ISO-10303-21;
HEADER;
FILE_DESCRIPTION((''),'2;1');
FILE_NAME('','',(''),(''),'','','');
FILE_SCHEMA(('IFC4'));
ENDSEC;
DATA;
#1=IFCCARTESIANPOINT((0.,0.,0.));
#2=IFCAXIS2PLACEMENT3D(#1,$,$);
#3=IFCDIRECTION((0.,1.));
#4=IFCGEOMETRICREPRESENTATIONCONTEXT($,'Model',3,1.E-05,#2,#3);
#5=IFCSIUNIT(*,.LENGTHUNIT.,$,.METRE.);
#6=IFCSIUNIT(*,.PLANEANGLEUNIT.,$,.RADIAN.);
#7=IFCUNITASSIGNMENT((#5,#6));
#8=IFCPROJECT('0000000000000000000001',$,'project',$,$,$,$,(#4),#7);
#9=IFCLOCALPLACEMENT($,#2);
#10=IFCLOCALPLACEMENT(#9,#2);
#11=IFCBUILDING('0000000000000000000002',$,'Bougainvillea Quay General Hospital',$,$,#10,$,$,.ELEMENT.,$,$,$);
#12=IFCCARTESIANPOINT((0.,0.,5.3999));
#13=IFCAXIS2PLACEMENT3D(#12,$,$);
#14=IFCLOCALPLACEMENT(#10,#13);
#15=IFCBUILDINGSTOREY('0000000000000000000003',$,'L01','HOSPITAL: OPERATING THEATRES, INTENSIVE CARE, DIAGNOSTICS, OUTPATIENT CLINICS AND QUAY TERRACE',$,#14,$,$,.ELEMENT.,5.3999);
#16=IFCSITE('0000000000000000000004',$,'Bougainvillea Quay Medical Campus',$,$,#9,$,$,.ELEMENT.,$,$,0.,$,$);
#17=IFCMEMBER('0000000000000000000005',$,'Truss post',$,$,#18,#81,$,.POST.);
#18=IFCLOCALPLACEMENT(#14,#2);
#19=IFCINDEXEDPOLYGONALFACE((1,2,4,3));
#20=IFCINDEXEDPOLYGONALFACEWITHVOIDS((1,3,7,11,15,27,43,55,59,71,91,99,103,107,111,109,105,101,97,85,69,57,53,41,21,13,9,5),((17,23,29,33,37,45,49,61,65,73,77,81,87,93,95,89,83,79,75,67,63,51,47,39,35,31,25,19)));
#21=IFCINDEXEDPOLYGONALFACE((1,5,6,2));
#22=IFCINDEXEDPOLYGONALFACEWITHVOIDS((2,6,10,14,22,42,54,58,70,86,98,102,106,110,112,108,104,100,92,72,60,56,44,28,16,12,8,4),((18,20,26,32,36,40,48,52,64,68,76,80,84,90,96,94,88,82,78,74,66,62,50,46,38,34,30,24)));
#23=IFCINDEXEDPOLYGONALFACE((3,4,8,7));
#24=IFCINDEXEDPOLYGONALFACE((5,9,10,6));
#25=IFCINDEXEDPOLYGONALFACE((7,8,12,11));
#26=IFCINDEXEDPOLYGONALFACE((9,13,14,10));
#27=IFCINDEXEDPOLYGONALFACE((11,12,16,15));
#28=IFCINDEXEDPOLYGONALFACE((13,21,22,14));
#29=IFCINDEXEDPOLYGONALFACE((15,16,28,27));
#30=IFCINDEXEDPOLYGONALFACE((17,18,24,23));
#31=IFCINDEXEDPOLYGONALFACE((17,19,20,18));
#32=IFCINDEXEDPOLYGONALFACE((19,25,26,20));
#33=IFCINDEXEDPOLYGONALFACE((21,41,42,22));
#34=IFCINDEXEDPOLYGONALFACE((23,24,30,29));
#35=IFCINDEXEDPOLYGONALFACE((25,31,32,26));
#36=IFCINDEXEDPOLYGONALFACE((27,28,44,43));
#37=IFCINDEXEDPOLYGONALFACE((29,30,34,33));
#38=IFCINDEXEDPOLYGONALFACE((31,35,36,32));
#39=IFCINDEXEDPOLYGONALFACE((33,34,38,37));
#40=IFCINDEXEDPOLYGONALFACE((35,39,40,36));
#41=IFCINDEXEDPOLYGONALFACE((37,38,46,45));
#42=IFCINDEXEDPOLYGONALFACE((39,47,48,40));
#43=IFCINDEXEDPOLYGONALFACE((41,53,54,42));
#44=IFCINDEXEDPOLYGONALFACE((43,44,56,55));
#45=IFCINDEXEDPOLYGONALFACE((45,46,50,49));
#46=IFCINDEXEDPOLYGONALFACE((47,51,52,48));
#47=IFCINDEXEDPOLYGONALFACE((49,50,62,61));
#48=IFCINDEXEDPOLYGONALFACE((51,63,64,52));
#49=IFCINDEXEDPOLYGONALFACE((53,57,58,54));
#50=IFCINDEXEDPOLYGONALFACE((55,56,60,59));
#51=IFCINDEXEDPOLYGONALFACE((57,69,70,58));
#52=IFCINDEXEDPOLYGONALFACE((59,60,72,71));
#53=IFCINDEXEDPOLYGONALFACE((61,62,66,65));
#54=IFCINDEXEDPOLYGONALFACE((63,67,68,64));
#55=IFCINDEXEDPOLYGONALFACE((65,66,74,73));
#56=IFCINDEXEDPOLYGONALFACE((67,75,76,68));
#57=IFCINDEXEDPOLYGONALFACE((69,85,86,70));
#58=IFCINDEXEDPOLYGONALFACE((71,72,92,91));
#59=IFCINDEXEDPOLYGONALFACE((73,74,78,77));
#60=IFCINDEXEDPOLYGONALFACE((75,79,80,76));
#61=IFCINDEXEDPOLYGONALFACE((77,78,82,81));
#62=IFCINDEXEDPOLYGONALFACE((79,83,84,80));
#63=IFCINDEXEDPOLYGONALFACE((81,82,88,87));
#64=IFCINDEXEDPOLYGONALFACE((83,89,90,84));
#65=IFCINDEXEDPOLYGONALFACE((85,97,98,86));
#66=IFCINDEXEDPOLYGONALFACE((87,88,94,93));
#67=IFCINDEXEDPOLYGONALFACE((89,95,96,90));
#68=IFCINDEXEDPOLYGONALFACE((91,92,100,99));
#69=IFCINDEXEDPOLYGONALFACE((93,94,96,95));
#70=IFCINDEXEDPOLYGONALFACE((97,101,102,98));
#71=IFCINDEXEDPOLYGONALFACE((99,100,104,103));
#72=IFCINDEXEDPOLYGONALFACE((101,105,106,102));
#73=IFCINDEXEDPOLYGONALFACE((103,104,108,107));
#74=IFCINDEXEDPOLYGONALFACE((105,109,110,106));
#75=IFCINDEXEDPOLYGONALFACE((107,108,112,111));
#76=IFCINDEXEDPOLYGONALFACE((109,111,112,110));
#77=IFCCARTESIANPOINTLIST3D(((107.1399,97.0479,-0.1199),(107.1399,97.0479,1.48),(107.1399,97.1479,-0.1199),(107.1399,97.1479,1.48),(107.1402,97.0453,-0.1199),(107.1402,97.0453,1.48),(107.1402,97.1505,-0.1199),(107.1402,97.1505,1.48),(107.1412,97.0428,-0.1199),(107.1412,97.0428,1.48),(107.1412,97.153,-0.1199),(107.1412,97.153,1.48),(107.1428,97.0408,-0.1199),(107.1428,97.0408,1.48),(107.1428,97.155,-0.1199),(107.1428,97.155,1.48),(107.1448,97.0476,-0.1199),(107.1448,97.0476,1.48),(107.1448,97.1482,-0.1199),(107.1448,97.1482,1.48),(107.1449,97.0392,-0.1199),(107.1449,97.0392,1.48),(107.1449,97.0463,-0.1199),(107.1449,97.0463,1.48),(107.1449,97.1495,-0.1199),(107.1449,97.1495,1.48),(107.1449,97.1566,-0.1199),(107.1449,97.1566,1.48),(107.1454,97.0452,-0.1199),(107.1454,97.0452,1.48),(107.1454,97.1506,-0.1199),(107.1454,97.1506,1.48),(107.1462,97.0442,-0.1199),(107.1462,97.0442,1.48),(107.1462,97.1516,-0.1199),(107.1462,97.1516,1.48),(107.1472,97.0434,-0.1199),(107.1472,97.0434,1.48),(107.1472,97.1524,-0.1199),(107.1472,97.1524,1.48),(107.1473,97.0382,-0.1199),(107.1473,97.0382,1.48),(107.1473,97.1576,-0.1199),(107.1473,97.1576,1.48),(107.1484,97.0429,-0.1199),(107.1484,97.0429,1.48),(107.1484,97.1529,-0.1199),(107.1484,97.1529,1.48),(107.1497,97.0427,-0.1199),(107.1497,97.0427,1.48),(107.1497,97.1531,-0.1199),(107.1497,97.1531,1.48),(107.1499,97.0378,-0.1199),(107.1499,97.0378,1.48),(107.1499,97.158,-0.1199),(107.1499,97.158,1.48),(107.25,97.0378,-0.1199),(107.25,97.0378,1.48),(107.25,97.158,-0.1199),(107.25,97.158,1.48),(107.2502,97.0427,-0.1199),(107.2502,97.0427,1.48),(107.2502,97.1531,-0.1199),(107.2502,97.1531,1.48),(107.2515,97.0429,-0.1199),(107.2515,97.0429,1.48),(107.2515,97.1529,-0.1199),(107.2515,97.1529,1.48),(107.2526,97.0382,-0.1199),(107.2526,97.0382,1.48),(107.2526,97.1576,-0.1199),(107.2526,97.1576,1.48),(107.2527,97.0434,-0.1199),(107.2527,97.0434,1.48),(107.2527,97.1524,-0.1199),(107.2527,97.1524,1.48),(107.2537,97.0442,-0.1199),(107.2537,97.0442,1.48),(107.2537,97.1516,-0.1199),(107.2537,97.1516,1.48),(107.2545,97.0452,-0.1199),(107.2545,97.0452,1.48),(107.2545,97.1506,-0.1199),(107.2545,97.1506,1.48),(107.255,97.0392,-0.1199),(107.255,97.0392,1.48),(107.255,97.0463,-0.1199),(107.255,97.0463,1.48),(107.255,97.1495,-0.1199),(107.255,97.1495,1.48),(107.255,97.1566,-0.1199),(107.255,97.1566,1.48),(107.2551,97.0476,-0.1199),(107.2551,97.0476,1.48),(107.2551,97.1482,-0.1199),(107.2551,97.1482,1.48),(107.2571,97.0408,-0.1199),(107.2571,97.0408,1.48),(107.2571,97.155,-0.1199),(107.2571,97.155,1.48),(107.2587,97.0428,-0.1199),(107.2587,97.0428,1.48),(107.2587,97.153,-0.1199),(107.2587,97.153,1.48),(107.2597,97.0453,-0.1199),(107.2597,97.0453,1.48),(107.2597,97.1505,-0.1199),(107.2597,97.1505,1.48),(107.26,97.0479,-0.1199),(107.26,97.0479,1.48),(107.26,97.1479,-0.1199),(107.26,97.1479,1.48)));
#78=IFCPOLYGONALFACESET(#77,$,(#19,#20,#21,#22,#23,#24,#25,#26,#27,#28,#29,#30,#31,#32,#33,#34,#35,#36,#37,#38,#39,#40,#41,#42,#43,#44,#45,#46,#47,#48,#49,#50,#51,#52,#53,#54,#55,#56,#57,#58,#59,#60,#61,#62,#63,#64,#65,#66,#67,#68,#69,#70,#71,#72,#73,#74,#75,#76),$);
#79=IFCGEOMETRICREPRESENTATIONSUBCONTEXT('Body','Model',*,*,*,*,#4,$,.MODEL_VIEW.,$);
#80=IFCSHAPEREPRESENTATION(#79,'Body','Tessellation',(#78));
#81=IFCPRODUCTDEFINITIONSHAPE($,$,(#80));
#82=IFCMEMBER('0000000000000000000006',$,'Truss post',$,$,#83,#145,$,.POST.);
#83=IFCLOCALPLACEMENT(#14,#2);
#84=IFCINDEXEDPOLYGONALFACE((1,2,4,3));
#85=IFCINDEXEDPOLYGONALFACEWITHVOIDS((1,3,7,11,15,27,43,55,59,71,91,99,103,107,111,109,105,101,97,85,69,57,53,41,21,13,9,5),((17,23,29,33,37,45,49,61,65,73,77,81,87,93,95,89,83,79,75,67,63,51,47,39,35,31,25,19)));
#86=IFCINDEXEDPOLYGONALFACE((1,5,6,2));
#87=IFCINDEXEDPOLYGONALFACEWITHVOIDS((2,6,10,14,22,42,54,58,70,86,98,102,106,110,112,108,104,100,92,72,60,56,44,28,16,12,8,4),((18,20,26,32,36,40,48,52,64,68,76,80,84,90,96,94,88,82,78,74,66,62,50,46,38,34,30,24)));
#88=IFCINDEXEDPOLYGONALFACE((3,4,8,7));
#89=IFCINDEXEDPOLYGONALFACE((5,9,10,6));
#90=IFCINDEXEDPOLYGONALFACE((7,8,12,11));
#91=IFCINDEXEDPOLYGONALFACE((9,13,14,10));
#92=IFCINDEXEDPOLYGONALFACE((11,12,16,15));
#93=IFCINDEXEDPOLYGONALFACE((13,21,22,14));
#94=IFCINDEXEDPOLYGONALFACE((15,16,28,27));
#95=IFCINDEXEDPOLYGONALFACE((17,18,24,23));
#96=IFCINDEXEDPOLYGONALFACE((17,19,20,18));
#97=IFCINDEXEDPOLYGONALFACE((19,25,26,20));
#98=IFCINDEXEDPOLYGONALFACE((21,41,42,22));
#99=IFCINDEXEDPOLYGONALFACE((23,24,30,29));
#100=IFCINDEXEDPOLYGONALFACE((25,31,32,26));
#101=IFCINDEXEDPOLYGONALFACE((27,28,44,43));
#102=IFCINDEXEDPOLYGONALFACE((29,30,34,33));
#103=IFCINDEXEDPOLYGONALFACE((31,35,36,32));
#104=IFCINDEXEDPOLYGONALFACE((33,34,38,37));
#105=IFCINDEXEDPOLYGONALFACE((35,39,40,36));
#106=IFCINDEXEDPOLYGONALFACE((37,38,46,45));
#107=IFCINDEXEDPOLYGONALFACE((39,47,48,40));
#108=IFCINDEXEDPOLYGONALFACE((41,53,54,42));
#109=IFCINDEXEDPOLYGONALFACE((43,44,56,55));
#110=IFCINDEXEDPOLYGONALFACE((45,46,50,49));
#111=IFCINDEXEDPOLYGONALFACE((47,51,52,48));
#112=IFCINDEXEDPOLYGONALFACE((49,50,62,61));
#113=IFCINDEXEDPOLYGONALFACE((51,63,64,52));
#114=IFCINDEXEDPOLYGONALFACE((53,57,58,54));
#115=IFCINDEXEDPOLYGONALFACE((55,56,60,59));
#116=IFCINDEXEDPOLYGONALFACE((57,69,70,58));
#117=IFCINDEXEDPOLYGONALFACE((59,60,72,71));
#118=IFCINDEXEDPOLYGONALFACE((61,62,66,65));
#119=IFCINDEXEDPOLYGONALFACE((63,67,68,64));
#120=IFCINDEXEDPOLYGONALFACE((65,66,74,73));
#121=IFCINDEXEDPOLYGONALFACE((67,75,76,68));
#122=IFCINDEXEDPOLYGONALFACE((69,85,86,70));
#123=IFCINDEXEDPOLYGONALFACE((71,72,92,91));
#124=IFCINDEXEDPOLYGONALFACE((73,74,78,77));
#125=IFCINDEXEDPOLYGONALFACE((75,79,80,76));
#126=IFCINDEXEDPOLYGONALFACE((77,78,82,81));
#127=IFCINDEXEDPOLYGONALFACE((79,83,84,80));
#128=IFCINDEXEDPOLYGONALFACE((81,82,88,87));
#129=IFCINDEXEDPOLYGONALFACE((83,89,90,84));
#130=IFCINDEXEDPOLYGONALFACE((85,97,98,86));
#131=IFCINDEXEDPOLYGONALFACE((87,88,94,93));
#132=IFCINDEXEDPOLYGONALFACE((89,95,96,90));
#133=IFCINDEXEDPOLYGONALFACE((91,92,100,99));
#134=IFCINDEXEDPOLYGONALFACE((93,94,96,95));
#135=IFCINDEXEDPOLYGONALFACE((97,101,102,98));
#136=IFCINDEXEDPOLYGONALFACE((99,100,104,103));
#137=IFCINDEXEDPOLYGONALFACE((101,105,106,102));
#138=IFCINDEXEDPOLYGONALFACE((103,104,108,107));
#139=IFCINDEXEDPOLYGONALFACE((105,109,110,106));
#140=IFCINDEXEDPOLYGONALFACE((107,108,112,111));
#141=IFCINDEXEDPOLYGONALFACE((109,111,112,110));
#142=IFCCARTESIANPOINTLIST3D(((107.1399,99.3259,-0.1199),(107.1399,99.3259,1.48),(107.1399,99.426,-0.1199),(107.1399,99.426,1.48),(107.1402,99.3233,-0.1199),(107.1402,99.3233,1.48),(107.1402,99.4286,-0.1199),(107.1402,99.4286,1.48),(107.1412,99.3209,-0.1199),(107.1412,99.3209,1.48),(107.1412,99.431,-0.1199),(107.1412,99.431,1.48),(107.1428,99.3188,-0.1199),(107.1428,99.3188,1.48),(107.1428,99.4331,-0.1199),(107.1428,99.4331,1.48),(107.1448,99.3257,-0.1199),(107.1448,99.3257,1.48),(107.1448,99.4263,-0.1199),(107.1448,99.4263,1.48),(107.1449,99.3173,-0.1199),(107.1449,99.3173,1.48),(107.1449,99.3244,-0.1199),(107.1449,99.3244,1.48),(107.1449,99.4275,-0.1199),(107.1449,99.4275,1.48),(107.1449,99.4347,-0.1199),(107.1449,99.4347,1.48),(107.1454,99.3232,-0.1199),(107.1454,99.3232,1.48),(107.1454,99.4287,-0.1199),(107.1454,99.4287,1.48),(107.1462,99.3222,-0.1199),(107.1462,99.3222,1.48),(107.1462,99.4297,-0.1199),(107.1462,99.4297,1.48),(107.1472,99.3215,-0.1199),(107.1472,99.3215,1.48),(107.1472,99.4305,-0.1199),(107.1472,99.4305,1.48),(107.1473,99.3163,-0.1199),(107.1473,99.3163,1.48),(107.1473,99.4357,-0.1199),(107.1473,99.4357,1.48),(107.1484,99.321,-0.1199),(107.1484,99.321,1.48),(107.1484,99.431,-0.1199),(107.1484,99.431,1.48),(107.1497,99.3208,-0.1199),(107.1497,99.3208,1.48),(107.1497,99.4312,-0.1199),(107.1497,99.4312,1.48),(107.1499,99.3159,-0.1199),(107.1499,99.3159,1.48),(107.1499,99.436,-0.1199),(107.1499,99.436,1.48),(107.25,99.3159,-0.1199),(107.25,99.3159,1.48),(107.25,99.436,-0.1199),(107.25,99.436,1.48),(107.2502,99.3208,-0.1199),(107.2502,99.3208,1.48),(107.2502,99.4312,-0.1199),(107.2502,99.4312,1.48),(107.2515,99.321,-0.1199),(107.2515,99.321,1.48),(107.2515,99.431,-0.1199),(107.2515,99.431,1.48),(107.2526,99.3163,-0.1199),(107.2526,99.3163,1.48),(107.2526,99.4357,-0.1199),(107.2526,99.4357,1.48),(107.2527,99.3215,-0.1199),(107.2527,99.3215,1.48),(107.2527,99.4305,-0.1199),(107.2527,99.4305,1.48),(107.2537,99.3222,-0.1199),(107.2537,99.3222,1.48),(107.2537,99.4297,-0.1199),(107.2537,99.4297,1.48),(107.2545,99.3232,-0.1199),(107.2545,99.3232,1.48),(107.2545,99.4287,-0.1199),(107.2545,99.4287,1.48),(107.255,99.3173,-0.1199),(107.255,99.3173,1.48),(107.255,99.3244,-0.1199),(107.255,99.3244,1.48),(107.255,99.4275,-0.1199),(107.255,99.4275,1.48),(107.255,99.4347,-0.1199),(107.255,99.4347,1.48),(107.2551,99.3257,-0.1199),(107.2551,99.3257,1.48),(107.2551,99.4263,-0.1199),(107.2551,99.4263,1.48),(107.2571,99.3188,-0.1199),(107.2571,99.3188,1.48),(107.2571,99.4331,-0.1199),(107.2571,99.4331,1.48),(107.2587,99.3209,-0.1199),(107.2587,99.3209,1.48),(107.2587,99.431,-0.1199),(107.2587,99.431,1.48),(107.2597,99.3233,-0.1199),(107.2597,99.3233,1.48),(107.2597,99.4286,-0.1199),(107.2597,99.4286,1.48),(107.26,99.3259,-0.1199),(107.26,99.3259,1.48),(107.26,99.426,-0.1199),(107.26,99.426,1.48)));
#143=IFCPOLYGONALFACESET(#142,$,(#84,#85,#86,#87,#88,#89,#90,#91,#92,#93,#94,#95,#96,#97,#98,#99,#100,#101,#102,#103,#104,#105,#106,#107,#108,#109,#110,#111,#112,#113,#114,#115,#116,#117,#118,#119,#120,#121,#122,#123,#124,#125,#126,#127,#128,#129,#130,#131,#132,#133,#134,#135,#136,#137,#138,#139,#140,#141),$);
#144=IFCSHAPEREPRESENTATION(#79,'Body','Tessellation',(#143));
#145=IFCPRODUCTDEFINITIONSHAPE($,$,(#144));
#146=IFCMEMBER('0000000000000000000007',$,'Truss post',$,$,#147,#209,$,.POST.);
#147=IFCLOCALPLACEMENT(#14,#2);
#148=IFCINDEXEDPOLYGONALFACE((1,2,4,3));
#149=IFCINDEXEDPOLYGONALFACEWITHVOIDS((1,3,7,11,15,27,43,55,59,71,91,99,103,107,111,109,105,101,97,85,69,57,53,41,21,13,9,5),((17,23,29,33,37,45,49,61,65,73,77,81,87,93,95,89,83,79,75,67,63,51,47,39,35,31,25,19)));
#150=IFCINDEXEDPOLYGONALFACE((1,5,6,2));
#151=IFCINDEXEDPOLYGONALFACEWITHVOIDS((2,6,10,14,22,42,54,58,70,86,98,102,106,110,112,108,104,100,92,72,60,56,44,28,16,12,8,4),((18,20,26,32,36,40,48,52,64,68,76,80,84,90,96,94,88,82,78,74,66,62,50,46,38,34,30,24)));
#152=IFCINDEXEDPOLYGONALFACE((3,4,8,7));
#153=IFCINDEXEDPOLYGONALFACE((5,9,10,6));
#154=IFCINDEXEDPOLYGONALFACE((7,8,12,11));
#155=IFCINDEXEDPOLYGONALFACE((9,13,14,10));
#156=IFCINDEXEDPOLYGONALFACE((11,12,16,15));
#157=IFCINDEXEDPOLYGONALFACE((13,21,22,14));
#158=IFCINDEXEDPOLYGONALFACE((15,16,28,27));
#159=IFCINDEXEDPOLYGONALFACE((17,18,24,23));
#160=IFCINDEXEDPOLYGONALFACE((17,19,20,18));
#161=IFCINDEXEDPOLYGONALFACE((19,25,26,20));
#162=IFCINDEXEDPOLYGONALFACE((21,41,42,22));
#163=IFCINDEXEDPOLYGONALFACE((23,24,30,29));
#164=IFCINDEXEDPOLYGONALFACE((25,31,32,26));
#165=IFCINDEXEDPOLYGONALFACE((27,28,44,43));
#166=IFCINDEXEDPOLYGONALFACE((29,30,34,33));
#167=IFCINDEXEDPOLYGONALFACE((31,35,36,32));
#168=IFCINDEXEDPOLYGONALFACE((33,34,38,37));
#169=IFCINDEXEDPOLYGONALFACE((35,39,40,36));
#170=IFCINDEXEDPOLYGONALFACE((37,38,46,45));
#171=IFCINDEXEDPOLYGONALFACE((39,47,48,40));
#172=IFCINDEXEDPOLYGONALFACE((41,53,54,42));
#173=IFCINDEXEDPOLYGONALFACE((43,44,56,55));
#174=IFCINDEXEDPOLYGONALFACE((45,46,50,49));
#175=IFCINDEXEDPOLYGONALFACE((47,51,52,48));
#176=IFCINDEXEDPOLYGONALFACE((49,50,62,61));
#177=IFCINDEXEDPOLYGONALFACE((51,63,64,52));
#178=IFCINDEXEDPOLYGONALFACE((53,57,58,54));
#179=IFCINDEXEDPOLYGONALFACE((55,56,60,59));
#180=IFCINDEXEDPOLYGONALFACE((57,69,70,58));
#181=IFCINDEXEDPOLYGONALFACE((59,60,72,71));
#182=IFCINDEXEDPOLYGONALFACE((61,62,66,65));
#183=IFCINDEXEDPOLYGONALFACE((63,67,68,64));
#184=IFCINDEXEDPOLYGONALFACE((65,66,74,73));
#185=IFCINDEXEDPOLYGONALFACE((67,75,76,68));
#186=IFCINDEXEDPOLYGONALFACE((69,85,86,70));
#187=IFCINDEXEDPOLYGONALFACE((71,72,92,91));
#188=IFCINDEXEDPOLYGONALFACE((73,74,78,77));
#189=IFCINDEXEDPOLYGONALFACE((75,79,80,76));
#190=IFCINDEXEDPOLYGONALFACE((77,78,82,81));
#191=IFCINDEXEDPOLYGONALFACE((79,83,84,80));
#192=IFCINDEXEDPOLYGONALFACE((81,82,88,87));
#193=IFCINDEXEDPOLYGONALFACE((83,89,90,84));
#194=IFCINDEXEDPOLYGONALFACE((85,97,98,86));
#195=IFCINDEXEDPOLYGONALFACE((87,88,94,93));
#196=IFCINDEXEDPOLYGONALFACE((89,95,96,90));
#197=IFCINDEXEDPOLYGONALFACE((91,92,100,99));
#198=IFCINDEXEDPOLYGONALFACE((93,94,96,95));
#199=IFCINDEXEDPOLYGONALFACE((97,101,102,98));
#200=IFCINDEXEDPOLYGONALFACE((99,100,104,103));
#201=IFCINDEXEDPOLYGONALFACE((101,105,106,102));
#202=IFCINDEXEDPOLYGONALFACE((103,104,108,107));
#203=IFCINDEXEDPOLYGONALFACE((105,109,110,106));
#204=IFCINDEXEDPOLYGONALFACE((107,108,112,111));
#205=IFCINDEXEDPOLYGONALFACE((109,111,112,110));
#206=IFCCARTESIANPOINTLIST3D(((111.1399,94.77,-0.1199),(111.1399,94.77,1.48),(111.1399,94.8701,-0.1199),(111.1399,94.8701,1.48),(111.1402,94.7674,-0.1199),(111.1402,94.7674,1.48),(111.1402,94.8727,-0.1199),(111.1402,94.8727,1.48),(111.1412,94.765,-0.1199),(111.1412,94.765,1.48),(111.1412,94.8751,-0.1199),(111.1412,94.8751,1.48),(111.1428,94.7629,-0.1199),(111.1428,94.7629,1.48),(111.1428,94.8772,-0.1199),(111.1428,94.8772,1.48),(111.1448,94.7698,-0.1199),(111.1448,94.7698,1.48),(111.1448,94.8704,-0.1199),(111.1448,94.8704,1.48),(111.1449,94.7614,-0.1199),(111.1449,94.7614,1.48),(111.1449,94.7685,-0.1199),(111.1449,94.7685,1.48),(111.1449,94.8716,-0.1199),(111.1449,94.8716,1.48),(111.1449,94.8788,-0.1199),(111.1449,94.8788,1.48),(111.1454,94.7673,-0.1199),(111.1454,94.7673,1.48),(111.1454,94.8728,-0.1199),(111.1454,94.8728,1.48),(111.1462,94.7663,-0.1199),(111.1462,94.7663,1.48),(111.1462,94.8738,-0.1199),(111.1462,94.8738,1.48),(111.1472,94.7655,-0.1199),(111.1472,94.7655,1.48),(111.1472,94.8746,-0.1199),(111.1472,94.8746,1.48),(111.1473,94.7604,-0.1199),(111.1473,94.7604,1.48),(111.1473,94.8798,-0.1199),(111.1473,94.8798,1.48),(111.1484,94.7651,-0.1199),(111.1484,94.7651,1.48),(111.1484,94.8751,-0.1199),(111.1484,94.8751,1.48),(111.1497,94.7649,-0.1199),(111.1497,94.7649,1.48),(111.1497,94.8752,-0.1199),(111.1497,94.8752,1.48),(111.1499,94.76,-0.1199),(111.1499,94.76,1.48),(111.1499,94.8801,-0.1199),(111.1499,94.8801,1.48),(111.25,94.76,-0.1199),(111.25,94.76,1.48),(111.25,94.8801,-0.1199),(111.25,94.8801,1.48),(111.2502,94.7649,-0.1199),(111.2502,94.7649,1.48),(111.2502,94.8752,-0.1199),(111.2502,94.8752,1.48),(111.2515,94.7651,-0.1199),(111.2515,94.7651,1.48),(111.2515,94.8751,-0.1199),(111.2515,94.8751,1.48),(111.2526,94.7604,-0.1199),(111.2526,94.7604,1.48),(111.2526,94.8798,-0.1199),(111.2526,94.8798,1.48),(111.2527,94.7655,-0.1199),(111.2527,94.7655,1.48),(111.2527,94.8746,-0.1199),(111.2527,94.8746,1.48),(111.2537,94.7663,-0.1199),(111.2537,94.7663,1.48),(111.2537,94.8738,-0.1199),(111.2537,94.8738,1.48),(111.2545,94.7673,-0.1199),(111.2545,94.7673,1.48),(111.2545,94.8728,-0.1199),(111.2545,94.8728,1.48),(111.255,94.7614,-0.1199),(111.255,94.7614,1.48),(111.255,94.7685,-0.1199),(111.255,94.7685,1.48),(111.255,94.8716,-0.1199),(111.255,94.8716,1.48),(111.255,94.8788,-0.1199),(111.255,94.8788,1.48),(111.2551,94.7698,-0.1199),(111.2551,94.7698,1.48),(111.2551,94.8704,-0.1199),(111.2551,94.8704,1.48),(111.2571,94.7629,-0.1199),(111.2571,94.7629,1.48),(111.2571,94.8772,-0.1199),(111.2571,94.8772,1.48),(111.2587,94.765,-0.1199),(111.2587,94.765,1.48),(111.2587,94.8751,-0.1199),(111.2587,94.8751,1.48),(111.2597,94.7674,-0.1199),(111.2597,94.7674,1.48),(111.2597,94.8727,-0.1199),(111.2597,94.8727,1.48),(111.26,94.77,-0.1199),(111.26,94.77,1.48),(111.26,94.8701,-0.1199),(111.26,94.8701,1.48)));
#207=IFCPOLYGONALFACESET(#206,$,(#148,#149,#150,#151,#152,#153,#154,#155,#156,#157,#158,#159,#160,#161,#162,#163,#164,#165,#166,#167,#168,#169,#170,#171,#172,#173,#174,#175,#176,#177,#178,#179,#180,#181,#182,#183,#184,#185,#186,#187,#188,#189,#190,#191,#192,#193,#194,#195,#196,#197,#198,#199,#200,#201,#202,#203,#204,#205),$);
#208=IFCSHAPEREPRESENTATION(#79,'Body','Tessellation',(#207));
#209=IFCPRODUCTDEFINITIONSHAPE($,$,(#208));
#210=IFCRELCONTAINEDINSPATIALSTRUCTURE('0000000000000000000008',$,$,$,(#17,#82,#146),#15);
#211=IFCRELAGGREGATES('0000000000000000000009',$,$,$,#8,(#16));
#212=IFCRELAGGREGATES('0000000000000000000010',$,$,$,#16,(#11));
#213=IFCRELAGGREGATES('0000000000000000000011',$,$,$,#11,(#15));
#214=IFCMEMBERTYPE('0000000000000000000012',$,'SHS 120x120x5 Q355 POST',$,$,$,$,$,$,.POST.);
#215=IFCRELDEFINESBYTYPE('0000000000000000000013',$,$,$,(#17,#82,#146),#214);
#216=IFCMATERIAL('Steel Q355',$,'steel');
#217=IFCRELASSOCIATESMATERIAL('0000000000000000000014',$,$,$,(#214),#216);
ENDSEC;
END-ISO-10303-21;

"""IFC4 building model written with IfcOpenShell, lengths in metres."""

from ifc_helpers import new_model, si_unit, direction, frame, origin, origin_2d, place, context, subcontext, project, spatial, hollow_rectangle, extrude, material, material_profile, profile_set, type_object, element, save


model = new_model("IFC4")

# Units and contexts
model_context = context("Model", 3, precision=1e-05, world=origin(), true_north=direction((0.0, 1.0)))
body_context = subcontext(model_context, "Body", "Model", "MODEL_VIEW")
ifc_project = project(units=[si_unit("LENGTHUNIT", "METRE"), si_unit("PLANEANGLEUNIT", "RADIAN")], contexts=[model_context])

# Site, building, storey
site_placement = place(None, origin())
site = spatial("IfcSite", under=ifc_project, at=site_placement, Name="Bougainvillea Quay Medical Campus", CompositionType="ELEMENT", RefElevation=0.0)
building_placement = place(site_placement, origin())
building = spatial("IfcBuilding", under=site, at=building_placement, Name="Bougainvillea Quay General Hospital", CompositionType="ELEMENT")
storey_placement = place(building_placement, frame((0.0, 0.0, 5.3999)))
storey = spatial("IfcBuildingStorey", under=building, at=storey_placement, Name="L01", Description="HOSPITAL: OPERATING THEATRES, INTENSIVE CARE, DIAGNOSTICS, OUTPATIENT CLINICS AND QUAY TERRACE", CompositionType="ELEMENT", Elevation=5.3999)

# Members
ifc_material_1 = material(Name="Steel Q355", Category="steel")
ifc_material_profile_1 = material_profile(ifc_material_1, hollow_rectangle(XDim=0.1201, YDim=0.1201, WallThickness=0.0049, InnerFilletRadius=0.0049, OuterFilletRadius=0.01, at=origin_2d()))
ifc_profile_set_1 = profile_set([ifc_material_profile_1], Name="Steel Q355")
member_type_1 = type_object("IfcMemberType", Name="SHS 120x120x5 Q355 POST", PredefinedType="POST", material=ifc_profile_set_1)
for number, where, z_axis, x_axis, name in (
    (1, (107.2, 97.0979, -0.1199), (0.0, 0.0, 1.0), (1.0, 0.0, 0.0), "Truss post"),
    (2, (107.2, 99.376, -0.1199), (0.0, 0.0, 1.0), (1.0, 0.0, 0.0), "Truss post"),
    (3, (111.2, 94.8201, -0.1199), (0.0, 0.0, 1.0), (1.0, 0.0, 0.0), "Truss post"),
):
    element("IfcMember", number, at=place(storey_placement, frame(where, z_axis=z_axis, x_axis=x_axis)), inside=storey, type_object=member_type_1, Name=name, PredefinedType="POST", context=body_context, shape_type="SweptSolid", body=[
        extrude(hollow_rectangle(XDim=0.1201, YDim=0.1201, WallThickness=0.0049, InnerFilletRadius=0.0049, OuterFilletRadius=0.01, at=origin_2d()), origin(), (0.0, 0.0, 1.0), 1.5999),
    ])

save(model, "model.ifc")
